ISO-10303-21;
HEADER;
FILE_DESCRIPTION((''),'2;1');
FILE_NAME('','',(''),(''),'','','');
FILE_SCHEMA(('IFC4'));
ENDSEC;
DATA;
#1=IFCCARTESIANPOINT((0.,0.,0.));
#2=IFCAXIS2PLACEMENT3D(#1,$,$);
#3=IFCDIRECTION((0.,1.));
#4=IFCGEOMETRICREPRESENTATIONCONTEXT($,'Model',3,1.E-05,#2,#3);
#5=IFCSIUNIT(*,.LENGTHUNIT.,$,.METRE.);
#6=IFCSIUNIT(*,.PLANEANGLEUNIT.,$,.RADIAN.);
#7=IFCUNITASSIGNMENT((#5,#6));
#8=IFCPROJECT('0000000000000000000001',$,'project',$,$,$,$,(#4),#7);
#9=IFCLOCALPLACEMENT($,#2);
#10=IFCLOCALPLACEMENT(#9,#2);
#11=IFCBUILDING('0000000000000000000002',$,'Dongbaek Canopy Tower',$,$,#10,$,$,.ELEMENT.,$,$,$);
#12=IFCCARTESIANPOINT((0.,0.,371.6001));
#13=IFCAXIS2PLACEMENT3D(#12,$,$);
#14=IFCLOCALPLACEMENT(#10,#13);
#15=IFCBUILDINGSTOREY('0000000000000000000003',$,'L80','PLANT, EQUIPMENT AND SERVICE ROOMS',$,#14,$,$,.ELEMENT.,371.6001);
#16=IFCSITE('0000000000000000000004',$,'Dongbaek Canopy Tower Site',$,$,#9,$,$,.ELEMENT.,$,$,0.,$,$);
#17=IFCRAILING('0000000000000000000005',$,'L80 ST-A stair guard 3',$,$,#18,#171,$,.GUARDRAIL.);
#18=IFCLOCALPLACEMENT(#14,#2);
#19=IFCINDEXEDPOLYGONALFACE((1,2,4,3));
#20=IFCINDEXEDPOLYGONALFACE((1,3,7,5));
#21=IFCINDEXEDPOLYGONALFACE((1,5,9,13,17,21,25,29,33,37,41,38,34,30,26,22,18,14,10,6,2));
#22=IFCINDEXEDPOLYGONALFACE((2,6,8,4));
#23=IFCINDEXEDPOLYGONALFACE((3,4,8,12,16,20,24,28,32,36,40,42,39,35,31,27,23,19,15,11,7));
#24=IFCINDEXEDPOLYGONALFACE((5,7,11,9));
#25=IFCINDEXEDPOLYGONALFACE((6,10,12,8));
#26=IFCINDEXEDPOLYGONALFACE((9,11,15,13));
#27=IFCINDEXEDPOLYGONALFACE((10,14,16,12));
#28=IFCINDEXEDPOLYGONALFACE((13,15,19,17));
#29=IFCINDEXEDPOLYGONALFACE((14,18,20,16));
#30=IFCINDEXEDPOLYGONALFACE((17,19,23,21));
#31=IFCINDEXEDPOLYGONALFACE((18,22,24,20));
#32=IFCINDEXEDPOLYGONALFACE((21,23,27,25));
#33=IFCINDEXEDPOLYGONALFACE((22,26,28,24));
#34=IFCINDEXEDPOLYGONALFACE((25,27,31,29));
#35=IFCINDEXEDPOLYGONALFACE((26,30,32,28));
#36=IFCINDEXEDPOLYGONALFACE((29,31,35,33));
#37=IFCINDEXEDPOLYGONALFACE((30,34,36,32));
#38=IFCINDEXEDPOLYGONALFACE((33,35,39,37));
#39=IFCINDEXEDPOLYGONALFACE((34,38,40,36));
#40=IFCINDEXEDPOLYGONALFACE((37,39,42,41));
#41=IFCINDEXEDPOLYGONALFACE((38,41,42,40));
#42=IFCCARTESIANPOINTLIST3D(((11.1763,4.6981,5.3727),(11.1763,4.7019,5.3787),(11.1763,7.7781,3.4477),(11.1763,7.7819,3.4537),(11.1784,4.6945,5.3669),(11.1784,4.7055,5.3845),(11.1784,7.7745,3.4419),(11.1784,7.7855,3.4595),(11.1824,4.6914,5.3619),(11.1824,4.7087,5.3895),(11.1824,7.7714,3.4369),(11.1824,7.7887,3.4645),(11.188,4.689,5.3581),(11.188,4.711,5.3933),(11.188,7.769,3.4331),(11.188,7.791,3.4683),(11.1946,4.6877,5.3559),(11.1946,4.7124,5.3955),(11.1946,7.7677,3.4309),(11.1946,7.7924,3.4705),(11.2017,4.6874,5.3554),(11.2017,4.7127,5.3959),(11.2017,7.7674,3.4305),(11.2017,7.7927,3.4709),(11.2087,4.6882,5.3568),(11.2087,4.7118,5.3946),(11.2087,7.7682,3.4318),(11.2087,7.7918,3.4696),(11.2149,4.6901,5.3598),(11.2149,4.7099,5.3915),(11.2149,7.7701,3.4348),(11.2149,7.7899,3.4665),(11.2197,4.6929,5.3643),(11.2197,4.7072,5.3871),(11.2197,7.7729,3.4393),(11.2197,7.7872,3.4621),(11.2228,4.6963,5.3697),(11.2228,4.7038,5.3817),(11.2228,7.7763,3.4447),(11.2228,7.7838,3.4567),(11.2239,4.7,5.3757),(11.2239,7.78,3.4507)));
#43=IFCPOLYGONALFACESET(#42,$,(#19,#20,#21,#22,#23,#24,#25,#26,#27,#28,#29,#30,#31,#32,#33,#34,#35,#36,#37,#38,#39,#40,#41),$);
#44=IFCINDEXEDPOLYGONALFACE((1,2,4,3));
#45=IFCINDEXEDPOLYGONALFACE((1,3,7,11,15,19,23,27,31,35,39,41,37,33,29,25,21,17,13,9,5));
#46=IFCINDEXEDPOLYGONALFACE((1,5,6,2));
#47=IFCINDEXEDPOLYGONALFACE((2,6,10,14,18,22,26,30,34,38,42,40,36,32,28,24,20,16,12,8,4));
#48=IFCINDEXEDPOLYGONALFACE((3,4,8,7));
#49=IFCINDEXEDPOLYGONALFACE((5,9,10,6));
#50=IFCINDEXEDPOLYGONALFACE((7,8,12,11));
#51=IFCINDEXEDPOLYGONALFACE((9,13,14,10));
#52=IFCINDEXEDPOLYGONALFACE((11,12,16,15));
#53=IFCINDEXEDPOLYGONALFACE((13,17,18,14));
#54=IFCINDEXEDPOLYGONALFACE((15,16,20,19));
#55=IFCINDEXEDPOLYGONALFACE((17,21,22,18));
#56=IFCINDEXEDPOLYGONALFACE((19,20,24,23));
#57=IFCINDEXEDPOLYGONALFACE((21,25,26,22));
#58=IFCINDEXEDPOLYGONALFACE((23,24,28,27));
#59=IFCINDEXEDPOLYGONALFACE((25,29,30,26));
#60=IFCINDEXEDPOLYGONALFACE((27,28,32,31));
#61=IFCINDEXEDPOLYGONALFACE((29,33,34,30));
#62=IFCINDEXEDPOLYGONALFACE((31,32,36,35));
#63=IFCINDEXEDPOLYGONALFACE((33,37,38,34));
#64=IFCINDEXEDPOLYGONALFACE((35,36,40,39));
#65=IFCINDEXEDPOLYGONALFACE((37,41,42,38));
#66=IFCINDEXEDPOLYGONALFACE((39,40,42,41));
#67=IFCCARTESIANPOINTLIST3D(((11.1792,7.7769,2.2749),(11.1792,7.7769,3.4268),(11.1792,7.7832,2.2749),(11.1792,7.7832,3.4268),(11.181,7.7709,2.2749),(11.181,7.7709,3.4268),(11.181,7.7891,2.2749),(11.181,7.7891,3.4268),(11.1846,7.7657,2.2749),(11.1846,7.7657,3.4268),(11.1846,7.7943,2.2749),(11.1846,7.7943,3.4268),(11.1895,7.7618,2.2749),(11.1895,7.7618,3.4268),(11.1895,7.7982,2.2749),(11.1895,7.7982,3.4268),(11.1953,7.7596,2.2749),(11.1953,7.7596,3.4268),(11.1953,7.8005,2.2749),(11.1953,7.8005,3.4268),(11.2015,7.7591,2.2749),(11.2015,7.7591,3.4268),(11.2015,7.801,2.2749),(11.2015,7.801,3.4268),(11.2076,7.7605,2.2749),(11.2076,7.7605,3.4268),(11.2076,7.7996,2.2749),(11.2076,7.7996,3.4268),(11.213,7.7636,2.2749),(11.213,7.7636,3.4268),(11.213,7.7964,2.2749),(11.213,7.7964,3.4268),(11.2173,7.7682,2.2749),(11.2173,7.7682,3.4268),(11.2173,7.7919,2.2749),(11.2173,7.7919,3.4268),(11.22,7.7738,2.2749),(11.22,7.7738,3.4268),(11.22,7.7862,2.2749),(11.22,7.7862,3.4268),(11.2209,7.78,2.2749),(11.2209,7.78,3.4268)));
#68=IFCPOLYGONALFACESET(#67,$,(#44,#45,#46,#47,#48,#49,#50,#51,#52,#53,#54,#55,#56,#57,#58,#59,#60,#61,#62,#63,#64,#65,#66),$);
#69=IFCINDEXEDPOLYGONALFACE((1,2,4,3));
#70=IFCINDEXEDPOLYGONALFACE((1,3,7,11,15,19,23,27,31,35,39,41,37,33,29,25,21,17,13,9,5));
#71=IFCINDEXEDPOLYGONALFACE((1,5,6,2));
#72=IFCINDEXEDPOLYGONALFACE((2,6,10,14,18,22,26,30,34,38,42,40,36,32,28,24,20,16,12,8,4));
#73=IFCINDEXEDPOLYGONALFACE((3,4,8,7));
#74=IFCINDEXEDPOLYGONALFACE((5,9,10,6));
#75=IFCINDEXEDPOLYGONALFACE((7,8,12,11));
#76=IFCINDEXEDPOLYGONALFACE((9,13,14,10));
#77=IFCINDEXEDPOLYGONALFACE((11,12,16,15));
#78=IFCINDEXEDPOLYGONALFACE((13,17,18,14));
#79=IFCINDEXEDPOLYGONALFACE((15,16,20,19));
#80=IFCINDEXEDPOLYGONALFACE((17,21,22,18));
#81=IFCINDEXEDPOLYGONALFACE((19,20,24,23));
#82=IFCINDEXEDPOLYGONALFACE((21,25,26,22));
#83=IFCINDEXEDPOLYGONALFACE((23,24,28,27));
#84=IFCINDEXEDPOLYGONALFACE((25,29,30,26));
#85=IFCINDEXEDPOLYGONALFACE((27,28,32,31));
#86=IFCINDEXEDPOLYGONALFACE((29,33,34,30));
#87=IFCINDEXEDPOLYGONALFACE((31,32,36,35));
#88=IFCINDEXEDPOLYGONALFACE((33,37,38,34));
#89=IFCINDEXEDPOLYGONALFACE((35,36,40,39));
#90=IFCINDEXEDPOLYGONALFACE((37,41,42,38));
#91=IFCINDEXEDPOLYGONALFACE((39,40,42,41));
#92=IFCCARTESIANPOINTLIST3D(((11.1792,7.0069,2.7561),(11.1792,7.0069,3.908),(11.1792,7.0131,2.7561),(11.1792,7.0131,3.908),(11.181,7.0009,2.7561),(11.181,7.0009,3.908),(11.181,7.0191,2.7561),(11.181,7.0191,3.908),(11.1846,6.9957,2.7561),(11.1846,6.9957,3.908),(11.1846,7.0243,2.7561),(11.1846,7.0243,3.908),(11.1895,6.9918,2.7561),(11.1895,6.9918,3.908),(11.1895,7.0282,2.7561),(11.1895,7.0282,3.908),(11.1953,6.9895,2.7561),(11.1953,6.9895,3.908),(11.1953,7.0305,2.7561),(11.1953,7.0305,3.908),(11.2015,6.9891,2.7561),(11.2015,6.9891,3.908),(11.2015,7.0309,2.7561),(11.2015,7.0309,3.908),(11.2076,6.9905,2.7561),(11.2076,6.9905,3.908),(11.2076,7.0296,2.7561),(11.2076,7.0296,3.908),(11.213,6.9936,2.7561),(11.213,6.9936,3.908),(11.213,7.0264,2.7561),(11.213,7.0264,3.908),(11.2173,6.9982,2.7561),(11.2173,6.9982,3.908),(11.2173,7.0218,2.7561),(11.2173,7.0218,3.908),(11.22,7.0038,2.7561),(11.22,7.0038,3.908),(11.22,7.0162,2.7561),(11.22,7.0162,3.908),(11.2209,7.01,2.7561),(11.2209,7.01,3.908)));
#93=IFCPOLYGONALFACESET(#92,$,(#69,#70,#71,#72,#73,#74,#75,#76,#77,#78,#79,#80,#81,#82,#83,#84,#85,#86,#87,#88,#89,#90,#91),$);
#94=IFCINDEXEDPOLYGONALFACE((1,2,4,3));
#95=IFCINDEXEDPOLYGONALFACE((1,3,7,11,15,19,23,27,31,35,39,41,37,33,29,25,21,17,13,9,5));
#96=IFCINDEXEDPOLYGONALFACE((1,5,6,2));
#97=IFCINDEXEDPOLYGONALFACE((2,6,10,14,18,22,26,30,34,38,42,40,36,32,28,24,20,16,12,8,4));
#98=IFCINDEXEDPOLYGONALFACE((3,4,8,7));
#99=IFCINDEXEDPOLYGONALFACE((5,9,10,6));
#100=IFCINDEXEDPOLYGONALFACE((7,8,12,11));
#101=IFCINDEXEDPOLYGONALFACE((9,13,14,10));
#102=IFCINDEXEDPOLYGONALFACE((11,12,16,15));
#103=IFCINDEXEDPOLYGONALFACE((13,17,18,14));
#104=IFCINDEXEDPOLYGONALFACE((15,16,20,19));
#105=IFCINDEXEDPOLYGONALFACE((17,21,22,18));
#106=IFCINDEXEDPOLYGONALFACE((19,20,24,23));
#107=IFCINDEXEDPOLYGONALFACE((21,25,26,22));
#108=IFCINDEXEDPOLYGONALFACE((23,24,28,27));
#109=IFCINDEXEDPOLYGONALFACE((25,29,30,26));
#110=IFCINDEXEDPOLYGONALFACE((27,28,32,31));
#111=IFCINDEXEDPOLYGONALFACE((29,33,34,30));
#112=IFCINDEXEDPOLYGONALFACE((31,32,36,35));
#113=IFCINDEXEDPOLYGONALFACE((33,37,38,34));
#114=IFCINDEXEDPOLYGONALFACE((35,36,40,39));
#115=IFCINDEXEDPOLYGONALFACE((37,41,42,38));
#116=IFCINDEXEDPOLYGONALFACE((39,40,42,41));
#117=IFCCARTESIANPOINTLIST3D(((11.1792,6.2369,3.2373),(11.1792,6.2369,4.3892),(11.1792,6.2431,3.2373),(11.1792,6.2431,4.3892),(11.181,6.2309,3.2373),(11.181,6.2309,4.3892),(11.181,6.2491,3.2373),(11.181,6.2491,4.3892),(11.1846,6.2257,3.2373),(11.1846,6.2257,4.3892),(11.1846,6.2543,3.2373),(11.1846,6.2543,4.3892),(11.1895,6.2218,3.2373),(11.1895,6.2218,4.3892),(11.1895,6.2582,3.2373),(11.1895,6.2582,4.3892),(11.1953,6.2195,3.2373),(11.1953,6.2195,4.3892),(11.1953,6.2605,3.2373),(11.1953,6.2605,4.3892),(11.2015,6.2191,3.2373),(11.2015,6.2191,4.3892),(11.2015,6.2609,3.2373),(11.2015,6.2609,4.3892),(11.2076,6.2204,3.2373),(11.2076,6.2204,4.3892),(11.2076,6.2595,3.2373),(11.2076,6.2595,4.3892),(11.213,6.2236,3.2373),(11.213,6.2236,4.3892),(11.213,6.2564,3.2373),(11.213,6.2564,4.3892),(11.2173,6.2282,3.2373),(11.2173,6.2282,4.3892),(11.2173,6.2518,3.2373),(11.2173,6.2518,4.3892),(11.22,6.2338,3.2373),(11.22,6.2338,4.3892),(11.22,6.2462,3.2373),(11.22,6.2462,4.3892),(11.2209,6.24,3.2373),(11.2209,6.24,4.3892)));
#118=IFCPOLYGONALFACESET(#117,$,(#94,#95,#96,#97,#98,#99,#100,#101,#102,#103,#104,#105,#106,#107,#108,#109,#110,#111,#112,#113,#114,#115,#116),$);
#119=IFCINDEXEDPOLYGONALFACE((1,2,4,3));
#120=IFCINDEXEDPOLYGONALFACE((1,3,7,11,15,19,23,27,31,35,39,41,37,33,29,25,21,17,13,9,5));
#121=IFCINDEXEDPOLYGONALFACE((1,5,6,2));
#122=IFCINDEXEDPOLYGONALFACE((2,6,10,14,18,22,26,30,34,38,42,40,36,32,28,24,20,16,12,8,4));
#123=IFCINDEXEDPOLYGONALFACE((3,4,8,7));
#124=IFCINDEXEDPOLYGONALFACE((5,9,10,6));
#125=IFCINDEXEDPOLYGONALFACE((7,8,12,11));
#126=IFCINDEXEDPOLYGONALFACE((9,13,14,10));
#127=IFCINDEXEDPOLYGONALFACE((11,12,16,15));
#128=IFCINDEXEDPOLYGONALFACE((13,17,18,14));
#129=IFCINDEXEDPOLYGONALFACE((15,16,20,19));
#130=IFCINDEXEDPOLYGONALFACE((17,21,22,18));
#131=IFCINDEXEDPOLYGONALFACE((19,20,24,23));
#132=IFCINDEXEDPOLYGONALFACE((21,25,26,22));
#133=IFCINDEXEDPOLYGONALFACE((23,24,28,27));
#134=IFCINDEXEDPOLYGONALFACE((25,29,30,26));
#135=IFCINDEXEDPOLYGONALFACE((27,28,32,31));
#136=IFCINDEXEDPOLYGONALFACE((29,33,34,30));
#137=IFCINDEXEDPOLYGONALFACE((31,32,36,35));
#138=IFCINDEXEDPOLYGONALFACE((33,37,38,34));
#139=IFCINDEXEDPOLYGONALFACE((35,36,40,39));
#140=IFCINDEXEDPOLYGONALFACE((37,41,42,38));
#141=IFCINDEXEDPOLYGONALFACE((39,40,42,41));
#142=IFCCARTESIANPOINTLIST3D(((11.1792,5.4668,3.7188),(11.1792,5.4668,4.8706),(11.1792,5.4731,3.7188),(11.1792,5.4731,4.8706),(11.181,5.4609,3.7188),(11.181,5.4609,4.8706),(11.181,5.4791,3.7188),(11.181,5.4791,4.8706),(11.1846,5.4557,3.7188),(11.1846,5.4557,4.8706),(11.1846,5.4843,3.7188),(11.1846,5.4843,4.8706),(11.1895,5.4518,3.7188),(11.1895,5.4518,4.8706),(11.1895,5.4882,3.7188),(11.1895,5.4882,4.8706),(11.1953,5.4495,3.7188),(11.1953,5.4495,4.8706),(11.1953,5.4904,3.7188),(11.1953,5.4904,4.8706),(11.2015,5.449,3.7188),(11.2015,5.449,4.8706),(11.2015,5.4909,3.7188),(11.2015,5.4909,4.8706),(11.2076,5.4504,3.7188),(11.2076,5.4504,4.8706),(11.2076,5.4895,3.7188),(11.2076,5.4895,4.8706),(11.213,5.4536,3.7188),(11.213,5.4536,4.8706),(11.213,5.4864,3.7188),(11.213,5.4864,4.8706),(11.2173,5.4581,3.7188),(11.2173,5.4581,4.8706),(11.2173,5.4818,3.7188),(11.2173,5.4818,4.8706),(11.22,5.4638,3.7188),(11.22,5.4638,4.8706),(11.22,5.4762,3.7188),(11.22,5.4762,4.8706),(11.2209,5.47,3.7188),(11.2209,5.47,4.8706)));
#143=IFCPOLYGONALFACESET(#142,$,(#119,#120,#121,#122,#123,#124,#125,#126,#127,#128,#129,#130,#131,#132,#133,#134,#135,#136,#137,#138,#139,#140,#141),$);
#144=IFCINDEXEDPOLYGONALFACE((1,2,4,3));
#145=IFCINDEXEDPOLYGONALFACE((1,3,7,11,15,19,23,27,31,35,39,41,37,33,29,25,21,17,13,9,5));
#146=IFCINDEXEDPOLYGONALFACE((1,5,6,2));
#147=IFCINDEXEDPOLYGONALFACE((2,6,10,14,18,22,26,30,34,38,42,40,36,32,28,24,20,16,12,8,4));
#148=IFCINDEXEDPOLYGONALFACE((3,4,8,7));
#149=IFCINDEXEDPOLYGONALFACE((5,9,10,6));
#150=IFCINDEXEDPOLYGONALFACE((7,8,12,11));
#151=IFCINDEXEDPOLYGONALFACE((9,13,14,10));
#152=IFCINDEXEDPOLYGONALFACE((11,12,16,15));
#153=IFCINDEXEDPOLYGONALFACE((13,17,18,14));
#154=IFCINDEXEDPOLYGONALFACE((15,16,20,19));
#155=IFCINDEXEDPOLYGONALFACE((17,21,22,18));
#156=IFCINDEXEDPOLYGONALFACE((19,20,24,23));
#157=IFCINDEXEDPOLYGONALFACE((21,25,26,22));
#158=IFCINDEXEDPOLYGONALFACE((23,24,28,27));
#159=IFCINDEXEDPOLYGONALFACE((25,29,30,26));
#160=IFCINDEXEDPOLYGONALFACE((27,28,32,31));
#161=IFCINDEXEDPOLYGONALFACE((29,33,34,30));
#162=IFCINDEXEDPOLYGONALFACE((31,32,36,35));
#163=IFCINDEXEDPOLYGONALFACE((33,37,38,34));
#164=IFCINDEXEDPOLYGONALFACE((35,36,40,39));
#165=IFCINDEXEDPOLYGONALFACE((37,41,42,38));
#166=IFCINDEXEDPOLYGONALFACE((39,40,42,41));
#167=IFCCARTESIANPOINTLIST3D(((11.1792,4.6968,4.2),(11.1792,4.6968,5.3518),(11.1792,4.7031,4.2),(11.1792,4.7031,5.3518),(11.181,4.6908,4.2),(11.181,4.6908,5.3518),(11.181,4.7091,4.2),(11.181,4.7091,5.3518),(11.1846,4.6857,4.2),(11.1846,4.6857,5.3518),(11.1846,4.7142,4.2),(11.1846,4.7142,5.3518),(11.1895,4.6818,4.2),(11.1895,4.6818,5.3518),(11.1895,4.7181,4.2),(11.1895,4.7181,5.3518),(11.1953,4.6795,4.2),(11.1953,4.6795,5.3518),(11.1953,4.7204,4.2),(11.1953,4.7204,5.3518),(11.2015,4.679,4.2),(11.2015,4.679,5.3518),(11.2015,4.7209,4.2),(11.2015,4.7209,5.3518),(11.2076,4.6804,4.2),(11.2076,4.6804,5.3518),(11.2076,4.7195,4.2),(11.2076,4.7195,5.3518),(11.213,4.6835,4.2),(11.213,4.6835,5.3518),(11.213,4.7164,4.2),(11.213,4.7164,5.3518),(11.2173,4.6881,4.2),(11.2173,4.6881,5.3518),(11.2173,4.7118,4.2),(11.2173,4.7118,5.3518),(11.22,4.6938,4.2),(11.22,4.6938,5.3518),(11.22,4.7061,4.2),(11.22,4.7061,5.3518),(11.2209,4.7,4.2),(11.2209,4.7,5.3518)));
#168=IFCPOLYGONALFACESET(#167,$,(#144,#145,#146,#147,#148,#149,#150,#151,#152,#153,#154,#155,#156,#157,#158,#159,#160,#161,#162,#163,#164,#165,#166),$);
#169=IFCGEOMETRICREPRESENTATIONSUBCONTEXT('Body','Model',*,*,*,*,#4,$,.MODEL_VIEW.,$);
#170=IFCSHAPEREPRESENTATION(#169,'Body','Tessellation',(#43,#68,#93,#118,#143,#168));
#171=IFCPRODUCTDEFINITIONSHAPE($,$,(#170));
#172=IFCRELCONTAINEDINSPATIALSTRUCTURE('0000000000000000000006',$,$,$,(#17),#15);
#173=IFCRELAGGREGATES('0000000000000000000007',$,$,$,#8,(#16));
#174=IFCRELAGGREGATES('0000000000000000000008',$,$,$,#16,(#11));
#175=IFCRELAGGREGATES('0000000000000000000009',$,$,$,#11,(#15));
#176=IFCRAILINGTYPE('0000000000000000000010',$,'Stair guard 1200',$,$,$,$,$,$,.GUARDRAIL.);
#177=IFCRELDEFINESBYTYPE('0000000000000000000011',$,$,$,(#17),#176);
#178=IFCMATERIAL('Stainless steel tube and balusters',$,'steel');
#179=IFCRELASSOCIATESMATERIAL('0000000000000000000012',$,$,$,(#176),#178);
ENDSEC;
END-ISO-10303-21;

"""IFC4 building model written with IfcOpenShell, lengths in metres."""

from ifc_helpers import new_model, si_unit, direction, frame, origin, origin_2d, place, context, subcontext, project, spatial, circle, extrude, material, type_object, element, save


model = new_model("IFC4")

# Units and contexts
model_context = context("Model", 3, precision=1e-05, world=origin(), true_north=direction((0.0, 1.0)))
body_context = subcontext(model_context, "Body", "Model", "MODEL_VIEW")
ifc_project = project(units=[si_unit("LENGTHUNIT", "METRE"), si_unit("PLANEANGLEUNIT", "RADIAN")], contexts=[model_context])

# Site, building, storey
site_placement = place(None, origin())
site = spatial("IfcSite", under=ifc_project, at=site_placement, Name="Dongbaek Canopy Tower Site", CompositionType="ELEMENT", RefElevation=0.0)
building_placement = place(site_placement, origin())
building = spatial("IfcBuilding", under=site, at=building_placement, Name="Dongbaek Canopy Tower", CompositionType="ELEMENT")
storey_placement = place(building_placement, frame((0.0, 0.0, 371.6001)))
storey = spatial("IfcBuildingStorey", under=building, at=storey_placement, Name="L80", Description="PLANT, EQUIPMENT AND SERVICE ROOMS", CompositionType="ELEMENT", Elevation=371.6001)

# Railing
ifc_material_1 = material(Name="Stainless steel tube and balusters", Category="steel")
railing_type_1 = type_object("IfcRailingType", Name="Stair guard 1200", PredefinedType="GUARDRAIL", material=ifc_material_1)
railing_1_placement = place(storey_placement, frame((11.2, 7.78, 2.2749)))
element("IfcRailing", 1, at=railing_1_placement, inside=storey, type_object=railing_type_1, Name="L80 ST-A stair guard 3", PredefinedType="GUARDRAIL", context=body_context, shape_type="SweptSolid", body=[
    extrude(circle(Radius=0.0239, at=origin_2d()), frame((0.0, 0.0, 1.1758), z_axis=(0.0, -0.847998, 0.529999), x_axis=(1.0, 0.0, 0.0)), (0.0, 0.0, 1.0), 3.6321),
    extrude(circle(Radius=0.021, at=origin_2d()), origin(), (0.0, 0.0, 1.0), 1.1519),
    extrude(circle(Radius=0.021, at=origin_2d()), frame((0.0, -0.77, 0.4812)), (0.0, 0.0, 1.0), 1.1519),
    extrude(circle(Radius=0.021, at=origin_2d()), frame((0.0, -1.54, 0.9624)), (0.0, 0.0, 1.0), 1.1519),
    extrude(circle(Radius=0.021, at=origin_2d()), frame((0.0, -2.3101, 1.4438)), (0.0, 0.0, 1.0), 1.1519),
    extrude(circle(Radius=0.021, at=origin_2d()), frame((0.0, -3.0801, 1.925)), (0.0, 0.0, 1.0), 1.1519),
])

save(model, "model.ifc")
